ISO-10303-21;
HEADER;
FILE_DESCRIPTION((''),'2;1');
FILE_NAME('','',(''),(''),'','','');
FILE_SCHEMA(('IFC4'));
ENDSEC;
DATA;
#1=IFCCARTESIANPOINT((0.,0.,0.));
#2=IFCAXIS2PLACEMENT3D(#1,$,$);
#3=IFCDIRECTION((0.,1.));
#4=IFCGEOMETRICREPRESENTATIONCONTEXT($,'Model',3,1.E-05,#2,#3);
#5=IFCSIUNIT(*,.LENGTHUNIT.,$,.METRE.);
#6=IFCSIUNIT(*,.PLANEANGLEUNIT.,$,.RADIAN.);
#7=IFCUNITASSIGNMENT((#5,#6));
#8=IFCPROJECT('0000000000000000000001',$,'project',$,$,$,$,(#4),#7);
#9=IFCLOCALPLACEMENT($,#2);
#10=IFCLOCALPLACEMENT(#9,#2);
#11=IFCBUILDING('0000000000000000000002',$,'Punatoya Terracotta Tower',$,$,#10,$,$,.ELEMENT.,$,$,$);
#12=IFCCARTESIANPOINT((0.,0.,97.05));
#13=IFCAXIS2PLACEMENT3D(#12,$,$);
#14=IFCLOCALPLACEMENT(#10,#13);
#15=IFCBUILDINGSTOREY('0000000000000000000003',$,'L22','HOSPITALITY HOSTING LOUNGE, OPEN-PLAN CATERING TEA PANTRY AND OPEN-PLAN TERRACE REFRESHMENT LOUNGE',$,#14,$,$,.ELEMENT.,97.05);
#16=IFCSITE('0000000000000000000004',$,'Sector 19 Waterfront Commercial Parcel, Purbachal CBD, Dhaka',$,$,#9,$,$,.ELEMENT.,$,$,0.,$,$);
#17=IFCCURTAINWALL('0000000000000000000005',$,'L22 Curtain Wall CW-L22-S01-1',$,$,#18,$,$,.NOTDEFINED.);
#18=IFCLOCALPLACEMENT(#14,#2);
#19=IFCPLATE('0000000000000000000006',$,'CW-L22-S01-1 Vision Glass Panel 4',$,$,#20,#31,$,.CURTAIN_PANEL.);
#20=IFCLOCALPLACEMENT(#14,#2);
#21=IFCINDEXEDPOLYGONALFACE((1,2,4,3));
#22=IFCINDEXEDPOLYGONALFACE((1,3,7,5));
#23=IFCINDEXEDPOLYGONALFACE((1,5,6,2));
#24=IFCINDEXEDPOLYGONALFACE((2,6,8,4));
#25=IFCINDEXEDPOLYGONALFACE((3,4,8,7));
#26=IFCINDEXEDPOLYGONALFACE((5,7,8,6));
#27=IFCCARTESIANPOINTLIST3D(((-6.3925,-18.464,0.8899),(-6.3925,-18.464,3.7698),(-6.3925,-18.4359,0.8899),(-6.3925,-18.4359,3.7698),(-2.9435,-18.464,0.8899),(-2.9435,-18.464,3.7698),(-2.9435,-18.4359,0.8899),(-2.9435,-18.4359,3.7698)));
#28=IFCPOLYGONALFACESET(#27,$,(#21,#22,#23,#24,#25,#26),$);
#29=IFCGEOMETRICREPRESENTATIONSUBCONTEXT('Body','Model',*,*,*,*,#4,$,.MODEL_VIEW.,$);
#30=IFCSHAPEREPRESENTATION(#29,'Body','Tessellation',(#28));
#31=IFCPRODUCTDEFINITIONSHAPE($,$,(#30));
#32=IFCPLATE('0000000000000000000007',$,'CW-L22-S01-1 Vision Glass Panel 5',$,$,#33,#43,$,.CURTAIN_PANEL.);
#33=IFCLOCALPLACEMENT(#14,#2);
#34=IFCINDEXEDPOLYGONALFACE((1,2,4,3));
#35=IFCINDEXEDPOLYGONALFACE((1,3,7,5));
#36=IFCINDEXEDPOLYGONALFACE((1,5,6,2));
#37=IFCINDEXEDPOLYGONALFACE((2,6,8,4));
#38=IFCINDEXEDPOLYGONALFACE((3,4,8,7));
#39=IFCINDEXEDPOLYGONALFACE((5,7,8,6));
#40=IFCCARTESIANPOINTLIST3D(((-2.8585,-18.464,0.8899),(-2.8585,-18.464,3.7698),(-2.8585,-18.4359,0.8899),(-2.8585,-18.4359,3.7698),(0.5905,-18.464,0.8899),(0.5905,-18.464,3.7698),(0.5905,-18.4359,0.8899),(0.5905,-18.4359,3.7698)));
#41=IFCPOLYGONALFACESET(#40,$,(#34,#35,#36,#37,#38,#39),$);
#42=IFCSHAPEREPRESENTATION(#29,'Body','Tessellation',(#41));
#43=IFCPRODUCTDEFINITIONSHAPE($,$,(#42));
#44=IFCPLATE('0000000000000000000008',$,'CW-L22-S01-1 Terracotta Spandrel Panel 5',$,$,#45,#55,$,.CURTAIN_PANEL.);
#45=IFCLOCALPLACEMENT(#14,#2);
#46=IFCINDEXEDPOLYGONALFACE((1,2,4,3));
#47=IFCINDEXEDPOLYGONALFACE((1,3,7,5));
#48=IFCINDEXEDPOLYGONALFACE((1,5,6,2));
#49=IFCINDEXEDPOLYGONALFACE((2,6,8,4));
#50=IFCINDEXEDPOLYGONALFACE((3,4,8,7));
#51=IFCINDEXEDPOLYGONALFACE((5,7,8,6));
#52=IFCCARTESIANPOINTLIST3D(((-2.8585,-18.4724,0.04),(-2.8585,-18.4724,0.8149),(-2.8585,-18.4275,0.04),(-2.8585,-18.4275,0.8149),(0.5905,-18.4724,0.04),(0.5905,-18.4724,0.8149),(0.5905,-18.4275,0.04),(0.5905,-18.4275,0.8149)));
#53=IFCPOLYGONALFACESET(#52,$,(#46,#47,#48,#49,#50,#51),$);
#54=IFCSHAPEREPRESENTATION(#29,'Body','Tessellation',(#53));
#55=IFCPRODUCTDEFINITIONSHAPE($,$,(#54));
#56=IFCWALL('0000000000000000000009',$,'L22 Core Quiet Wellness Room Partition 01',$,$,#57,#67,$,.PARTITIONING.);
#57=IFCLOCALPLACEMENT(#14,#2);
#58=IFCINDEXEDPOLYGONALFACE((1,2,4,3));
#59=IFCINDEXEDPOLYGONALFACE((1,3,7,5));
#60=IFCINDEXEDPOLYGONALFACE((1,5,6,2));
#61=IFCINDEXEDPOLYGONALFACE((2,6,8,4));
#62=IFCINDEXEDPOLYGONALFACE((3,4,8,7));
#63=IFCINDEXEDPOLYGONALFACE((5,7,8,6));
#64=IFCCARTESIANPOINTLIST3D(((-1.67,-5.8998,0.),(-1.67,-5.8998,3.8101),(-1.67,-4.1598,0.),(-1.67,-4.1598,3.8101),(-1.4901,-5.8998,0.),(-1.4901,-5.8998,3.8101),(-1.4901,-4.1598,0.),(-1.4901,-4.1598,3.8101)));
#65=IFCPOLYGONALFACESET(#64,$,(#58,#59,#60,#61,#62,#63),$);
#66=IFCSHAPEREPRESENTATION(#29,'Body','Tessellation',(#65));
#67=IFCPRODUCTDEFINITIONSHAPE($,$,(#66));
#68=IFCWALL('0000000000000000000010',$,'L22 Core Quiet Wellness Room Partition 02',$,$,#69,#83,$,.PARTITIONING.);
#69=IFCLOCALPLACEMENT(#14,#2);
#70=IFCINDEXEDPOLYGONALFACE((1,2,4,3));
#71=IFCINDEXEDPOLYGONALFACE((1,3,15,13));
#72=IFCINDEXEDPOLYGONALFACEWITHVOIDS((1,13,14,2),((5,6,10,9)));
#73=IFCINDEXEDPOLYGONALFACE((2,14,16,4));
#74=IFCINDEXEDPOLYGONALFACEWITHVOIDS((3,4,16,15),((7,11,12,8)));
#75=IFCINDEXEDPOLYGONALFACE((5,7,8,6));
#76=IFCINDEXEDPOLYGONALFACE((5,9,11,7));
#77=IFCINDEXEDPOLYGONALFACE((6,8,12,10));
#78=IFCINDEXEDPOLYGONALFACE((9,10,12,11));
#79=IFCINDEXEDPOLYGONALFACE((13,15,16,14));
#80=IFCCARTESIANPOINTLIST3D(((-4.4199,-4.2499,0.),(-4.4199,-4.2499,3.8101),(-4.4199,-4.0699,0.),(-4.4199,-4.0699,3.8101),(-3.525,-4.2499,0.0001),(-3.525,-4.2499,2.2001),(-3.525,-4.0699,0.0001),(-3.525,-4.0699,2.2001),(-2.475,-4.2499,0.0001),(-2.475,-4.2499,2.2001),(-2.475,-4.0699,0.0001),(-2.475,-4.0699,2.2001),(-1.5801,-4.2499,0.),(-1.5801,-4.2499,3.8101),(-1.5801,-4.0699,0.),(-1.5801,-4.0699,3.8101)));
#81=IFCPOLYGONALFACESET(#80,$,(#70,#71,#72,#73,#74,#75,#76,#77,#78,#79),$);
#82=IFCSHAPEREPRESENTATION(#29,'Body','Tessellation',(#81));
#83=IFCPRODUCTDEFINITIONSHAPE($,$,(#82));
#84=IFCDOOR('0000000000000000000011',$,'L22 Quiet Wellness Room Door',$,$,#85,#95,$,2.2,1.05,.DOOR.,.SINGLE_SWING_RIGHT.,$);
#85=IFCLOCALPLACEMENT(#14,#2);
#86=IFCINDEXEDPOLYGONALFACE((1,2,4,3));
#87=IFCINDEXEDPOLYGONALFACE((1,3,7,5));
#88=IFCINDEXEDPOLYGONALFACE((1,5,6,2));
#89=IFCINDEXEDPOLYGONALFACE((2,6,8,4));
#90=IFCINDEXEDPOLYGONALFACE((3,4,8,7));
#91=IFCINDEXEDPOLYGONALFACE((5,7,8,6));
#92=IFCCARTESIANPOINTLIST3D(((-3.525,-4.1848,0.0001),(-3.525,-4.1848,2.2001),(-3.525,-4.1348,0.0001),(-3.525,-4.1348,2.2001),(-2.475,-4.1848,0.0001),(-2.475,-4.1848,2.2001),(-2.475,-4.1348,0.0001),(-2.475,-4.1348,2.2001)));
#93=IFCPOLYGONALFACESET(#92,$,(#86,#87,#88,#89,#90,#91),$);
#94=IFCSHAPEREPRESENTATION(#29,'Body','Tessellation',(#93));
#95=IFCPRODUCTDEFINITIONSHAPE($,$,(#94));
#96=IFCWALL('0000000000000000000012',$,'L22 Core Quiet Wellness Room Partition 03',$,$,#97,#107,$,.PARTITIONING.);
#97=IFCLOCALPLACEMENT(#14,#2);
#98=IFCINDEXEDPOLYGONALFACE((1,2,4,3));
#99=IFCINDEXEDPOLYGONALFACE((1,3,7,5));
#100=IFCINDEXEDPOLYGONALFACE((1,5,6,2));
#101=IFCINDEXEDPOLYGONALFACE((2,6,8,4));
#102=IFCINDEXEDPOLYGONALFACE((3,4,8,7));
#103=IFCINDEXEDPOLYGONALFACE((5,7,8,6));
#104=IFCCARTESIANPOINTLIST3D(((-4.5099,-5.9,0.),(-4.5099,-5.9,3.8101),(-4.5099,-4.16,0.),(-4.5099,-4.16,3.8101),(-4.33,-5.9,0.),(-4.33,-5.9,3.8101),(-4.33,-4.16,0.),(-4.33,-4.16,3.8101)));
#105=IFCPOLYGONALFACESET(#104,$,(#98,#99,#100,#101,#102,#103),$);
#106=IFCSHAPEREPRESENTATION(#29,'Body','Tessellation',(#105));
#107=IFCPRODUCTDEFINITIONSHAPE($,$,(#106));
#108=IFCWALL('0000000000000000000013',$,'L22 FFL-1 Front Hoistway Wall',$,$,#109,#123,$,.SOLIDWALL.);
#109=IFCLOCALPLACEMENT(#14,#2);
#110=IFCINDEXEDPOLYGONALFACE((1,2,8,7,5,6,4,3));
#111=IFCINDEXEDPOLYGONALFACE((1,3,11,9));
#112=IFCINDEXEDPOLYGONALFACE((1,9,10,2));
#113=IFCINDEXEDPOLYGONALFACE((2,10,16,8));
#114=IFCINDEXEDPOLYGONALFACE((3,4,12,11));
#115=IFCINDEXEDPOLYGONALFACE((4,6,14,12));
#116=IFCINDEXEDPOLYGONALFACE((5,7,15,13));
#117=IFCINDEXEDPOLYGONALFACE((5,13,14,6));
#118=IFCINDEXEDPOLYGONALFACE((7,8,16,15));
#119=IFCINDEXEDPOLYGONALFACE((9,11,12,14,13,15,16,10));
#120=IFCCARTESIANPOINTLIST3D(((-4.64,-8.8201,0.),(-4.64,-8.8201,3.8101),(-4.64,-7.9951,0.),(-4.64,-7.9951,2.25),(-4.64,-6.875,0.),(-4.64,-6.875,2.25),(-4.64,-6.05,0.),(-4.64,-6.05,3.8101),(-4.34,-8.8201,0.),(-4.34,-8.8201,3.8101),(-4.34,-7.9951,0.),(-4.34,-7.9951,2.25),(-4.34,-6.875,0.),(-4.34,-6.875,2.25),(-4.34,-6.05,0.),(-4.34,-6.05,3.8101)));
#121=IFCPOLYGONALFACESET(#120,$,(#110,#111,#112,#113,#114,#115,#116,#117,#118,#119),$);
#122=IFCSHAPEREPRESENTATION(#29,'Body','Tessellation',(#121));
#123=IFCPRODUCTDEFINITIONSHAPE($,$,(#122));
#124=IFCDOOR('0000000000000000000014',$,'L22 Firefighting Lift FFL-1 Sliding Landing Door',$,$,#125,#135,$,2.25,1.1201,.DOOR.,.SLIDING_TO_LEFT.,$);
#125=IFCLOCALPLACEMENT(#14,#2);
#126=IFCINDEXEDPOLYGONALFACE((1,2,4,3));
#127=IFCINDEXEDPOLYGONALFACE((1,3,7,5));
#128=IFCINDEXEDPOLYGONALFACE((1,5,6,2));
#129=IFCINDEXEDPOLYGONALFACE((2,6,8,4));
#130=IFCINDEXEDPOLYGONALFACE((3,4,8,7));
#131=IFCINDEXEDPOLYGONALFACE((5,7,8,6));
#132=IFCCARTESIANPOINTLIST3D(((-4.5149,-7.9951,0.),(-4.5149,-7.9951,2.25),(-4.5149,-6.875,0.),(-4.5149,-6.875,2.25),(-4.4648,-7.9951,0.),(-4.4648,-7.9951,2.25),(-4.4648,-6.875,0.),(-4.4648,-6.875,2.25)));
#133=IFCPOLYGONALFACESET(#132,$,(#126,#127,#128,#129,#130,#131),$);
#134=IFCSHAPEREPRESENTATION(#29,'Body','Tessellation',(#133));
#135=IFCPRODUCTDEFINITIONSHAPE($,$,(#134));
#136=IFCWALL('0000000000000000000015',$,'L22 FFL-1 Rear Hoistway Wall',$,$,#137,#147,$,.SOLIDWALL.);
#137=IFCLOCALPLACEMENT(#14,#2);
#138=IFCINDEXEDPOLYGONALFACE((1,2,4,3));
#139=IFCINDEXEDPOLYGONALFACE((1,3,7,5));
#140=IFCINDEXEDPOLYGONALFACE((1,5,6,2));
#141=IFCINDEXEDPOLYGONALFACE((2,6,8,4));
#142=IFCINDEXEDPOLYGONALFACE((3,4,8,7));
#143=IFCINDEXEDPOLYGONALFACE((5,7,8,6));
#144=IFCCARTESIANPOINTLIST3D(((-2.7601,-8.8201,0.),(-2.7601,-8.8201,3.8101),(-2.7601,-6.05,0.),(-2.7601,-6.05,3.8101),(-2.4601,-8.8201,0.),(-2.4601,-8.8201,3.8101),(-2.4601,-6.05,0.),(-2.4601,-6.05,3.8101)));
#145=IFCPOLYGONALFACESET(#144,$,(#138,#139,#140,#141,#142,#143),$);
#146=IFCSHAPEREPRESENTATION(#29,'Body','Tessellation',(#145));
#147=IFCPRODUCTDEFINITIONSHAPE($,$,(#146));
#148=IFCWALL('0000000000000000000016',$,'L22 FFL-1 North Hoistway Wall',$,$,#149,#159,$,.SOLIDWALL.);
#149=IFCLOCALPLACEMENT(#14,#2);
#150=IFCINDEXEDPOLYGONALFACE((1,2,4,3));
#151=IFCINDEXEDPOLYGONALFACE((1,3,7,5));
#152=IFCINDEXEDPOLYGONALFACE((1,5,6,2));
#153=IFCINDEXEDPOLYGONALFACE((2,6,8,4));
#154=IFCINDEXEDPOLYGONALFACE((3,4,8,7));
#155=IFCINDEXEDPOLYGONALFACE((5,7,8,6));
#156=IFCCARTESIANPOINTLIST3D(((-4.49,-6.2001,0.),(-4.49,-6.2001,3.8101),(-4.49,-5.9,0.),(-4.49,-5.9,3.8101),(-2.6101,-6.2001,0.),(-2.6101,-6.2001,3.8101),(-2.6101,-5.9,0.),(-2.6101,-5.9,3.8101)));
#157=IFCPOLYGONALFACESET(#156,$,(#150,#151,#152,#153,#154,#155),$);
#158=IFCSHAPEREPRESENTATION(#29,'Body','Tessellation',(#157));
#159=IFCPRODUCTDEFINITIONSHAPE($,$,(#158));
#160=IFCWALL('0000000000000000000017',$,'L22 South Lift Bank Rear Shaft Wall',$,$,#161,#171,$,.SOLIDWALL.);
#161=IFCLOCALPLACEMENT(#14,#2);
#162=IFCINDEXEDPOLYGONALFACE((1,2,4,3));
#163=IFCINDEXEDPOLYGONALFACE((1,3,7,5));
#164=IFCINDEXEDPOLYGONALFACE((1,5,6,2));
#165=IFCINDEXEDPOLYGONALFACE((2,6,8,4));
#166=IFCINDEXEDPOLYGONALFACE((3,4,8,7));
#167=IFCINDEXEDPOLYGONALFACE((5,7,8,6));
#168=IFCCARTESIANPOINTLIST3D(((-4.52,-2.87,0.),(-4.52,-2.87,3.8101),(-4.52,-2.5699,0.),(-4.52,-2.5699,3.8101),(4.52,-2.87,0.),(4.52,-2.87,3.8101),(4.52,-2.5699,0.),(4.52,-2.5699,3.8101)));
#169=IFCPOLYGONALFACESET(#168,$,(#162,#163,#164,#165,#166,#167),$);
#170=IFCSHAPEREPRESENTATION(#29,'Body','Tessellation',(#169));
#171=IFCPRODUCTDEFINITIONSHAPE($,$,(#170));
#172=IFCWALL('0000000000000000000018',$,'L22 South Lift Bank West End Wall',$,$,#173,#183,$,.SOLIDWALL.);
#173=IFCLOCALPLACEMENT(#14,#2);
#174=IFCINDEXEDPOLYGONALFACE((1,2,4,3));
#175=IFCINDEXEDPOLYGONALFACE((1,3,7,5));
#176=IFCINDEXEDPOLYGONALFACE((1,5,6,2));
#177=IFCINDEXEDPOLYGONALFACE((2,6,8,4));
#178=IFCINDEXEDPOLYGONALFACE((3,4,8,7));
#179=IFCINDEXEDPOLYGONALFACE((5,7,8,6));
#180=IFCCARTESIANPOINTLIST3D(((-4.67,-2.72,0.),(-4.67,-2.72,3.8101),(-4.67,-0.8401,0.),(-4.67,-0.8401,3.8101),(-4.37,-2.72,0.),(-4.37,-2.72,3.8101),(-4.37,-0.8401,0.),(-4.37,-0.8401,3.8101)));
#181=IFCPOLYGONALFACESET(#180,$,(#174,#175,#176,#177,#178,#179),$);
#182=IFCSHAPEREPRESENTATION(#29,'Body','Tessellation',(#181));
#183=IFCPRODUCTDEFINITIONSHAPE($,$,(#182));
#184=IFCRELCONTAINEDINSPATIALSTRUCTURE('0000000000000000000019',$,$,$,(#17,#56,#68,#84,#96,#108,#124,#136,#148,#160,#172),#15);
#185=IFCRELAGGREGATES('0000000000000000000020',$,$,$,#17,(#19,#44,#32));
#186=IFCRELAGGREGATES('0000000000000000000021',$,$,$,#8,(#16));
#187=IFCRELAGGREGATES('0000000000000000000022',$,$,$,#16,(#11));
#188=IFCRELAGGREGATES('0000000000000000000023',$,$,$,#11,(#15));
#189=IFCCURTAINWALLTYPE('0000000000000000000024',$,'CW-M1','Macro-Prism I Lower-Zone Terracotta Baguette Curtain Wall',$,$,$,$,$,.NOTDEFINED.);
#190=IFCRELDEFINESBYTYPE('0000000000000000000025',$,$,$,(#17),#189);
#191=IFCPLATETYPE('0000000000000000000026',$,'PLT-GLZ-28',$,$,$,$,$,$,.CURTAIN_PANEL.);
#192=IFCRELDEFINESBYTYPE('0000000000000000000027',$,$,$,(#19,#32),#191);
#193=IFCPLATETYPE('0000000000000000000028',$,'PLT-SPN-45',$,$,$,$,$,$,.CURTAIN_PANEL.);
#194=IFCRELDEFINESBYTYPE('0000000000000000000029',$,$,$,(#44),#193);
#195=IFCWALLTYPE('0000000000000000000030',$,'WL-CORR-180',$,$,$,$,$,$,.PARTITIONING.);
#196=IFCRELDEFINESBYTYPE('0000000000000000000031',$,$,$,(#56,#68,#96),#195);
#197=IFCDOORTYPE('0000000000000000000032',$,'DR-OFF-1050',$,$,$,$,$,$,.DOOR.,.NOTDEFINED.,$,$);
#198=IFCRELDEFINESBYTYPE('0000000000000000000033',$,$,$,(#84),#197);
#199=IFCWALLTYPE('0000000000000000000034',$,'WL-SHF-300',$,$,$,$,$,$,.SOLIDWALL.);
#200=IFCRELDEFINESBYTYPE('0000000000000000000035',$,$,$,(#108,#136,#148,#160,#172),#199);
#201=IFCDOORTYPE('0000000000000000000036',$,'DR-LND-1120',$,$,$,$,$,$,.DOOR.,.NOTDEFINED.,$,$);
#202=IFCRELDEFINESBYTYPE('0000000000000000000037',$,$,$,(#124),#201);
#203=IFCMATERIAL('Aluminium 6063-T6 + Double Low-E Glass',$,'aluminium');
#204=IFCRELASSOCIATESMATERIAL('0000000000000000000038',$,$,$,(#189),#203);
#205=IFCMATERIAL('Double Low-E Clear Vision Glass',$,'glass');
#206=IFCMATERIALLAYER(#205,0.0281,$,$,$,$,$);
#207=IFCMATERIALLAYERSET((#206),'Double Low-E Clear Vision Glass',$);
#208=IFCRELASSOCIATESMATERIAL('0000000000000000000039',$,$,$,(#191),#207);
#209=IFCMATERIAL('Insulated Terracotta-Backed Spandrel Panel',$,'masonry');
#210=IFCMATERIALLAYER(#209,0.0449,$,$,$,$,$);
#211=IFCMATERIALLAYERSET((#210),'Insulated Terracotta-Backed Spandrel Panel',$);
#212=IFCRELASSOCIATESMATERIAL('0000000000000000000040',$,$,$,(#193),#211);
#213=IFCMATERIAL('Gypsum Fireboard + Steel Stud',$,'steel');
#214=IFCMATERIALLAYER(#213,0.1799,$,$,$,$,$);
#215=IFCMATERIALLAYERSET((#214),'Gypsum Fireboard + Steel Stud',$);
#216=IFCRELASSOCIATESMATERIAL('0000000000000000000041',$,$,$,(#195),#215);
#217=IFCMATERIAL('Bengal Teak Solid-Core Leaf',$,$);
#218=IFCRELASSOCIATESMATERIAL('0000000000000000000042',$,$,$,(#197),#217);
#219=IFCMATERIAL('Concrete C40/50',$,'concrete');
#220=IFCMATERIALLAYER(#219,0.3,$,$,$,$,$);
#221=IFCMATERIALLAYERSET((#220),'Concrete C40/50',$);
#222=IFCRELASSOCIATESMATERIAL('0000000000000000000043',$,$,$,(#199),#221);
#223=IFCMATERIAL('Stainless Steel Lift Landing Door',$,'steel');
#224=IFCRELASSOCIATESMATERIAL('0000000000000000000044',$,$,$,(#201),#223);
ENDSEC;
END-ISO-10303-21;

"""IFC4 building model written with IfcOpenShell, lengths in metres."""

from ifc_helpers import new_model, si_unit, direction, frame, frame_2d, origin, origin_2d, place, context, subcontext, project, spatial, rectangle, extrude, material, layer, layer_set, type_object, element, fill, aggregate, save


model = new_model("IFC4")

# Units and contexts
model_context = context("Model", 3, precision=1e-05, world=origin(), true_north=direction((0.0, 1.0)))
body_context = subcontext(model_context, "Body", "Model", "MODEL_VIEW")
ifc_project = project(units=[si_unit("LENGTHUNIT", "METRE"), si_unit("PLANEANGLEUNIT", "RADIAN")], contexts=[model_context])

# Site, building, storey
site_placement = place(None, origin())
site = spatial("IfcSite", under=ifc_project, at=site_placement, Name="Sector 19 Waterfront Commercial Parcel, Purbachal CBD, Dhaka", CompositionType="ELEMENT", RefElevation=0.0)
building_placement = place(site_placement, origin())
building = spatial("IfcBuilding", under=site, at=building_placement, Name="Punatoya Terracotta Tower", CompositionType="ELEMENT")
storey_placement = place(building_placement, frame((0.0, 0.0, 97.05)))
storey = spatial("IfcBuildingStorey", under=building, at=storey_placement, Name="L22", Description="HOSPITALITY HOSTING LOUNGE, OPEN-PLAN CATERING TEA PANTRY AND OPEN-PLAN TERRACE REFRESHMENT LOUNGE", CompositionType="ELEMENT", Elevation=97.05)

# Curtain wall
ifc_material_1 = material(Name="Aluminium 6063-T6 + Double Low-E Glass", Category="aluminium")
curtain_wall_type = type_object("IfcCurtainWallType", Name="CW-M1", Description="Macro-Prism I Lower-Zone Terracotta Baguette Curtain Wall", PredefinedType="NOTDEFINED", material=ifc_material_1)
curtain_wall_placement = place(storey_placement, origin())
curtain_wall = element("IfcCurtainWall", 1, at=curtain_wall_placement, inside=storey, type_object=curtain_wall_type, Name="L22 Curtain Wall CW-L22-S01-1", PredefinedType="NOTDEFINED")

# Plates
ifc_material_2 = material(Name="Double Low-E Clear Vision Glass", Category="glass")
ifc_layer_1 = layer(ifc_material_2, 0.0281)
ifc_layer_set_1 = layer_set([ifc_layer_1], Name="Double Low-E Clear Vision Glass")
plate_type_1 = type_object("IfcPlateType", Name="PLT-GLZ-28", PredefinedType="CURTAIN_PANEL", material=ifc_layer_set_1)
plate_1_placement = place(storey_placement, frame((-4.668, -18.45, 0.8899), z_axis=(0.0, 0.0, 1.0), x_axis=(1.0, 0.0, 0.0)))
plate_1 = element("IfcPlate", 2, at=plate_1_placement, type_object=plate_type_1, Name="CW-L22-S01-1 Vision Glass Panel 4", PredefinedType="CURTAIN_PANEL", context=body_context, shape_type="SweptSolid", body=[
    extrude(rectangle(XDim=3.449, YDim=0.0281, at=origin_2d()), origin(), (0.0, 0.0, 1.0), 2.8799),
])
plate_2_placement = place(storey_placement, frame((-1.134, -18.45, 0.8899), z_axis=(0.0, 0.0, 1.0), x_axis=(1.0, 0.0, 0.0)))
plate_2 = element("IfcPlate", 3, at=plate_2_placement, type_object=plate_type_1, Name="CW-L22-S01-1 Vision Glass Panel 5", PredefinedType="CURTAIN_PANEL", context=body_context, shape_type="SweptSolid", body=[
    extrude(rectangle(XDim=3.449, YDim=0.0281, at=origin_2d()), origin(), (0.0, 0.0, 1.0), 2.8799),
])
ifc_material_3 = material(Name="Insulated Terracotta-Backed Spandrel Panel", Category="masonry")
ifc_layer_2 = layer(ifc_material_3, 0.0449)
ifc_layer_set_2 = layer_set([ifc_layer_2], Name="Insulated Terracotta-Backed Spandrel Panel")
plate_type_2 = type_object("IfcPlateType", Name="PLT-SPN-45", PredefinedType="CURTAIN_PANEL", material=ifc_layer_set_2)
plate_3_placement = place(storey_placement, frame((-1.134, -18.45, 0.04), z_axis=(0.0, 0.0, 1.0), x_axis=(1.0, 0.0, 0.0)))
plate_3 = element("IfcPlate", 4, at=plate_3_placement, type_object=plate_type_2, Name="CW-L22-S01-1 Terracotta Spandrel Panel 5", PredefinedType="CURTAIN_PANEL", context=body_context, shape_type="SweptSolid", body=[
    extrude(rectangle(XDim=3.449, YDim=0.0449, at=origin_2d()), origin(), (0.0, 0.0, 1.0), 0.7749),
])
aggregate(curtain_wall, [plate_1, plate_3, plate_2])

# Wall
ifc_material_4 = material(Name="Gypsum Fireboard + Steel Stud", Category="steel")
ifc_layer_3 = layer(ifc_material_4, 0.1799)
ifc_layer_set_3 = layer_set([ifc_layer_3], Name="Gypsum Fireboard + Steel Stud")
wall_type_1 = type_object("IfcWallType", Name="WL-CORR-180", PredefinedType="PARTITIONING", material=ifc_layer_set_3)
wall_1_placement = place(storey_placement, frame((-1.5801, -5.8999, 0.0), z_axis=(0.0, 0.0, 1.0), x_axis=(0.0, 1.0, 0.0)))
element("IfcWall", 5, at=wall_1_placement, inside=storey, type_object=wall_type_1, Name="L22 Core Quiet Wellness Room Partition 01", PredefinedType="PARTITIONING", context=body_context, shape_type="SweptSolid", body=[
    extrude(rectangle(XDim=1.74, YDim=0.1799, at=frame_2d((0.8701, 0.0))), origin(), (0.0, 0.0, 1.0), 3.8101),
])

# Wall, opening, door
wall_2_placement = place(storey_placement, frame((-1.5801, -4.1599, 0.0), z_axis=(0.0, 0.0, 1.0), x_axis=(-1.0, 0.0, 0.0)))
wall_2 = element("IfcWall", 6, at=wall_2_placement, inside=storey, type_object=wall_type_1, Name="L22 Core Quiet Wellness Room Partition 02", PredefinedType="PARTITIONING", context=body_context, shape_type="SweptSolid", body=[
    extrude(rectangle(XDim=2.8398, YDim=0.1799, at=frame_2d((1.4199, 0.0))), origin(), (0.0, 0.0, 1.0), 3.8101),
])
opening_1_placement = place(wall_2_placement, frame((0.895, 0.0, 0.0)))
opening_1 = element("IfcOpeningElement", 7, at=opening_1_placement, cuts=wall_2, PredefinedType="OPENING", context=body_context, shape_type="SweptSolid", body=[
    extrude(rectangle(XDim=1.05, YDim=2.2, at=frame_2d((0.5249, 1.1001))), frame((0.0, 0.0999, 0.0), z_axis=(0.0, -1.0, 0.0), x_axis=(1.0, 0.0, 0.0)), (0.0, 0.0, 1.0), 0.2),
])
ifc_material_5 = material(Name="Bengal Teak Solid-Core Leaf")
door_type_1 = type_object("IfcDoorType", Name="DR-OFF-1050", OperationType="NOTDEFINED", PredefinedType="DOOR", material=ifc_material_5)
door_1_placement = place(opening_1_placement, origin())
door_1 = element("IfcDoor", 8, at=door_1_placement, inside=storey, type_object=door_type_1, Name="L22 Quiet Wellness Room Door", OperationType="SINGLE_SWING_RIGHT", OverallHeight=2.2, OverallWidth=1.05, PredefinedType="DOOR", context=body_context, shape_type="SweptSolid", body=[
    extrude(rectangle(XDim=1.05, YDim=2.2, at=frame_2d((0.5249, 1.1001))), frame((0.0, 0.0249, 0.0), z_axis=(0.0, -1.0, 0.0), x_axis=(1.0, 0.0, 0.0)), (0.0, 0.0, 1.0), 0.05),
])
fill(opening_1, door_1)

# Wall
wall_3_placement = place(storey_placement, frame((-4.4199, -4.1599, 0.0), z_axis=(0.0, 0.0, 1.0), x_axis=(0.0, -1.0, 0.0)))
element("IfcWall", 9, at=wall_3_placement, inside=storey, type_object=wall_type_1, Name="L22 Core Quiet Wellness Room Partition 03", PredefinedType="PARTITIONING", context=body_context, shape_type="SweptSolid", body=[
    extrude(rectangle(XDim=1.74, YDim=0.1799, at=frame_2d((0.8701, 0.0))), origin(), (0.0, 0.0, 1.0), 3.8101),
])

# Wall, opening, door
ifc_material_6 = material(Name="Concrete C40/50", Category="concrete")
ifc_layer_4 = layer(ifc_material_6, 0.3)
ifc_layer_set_4 = layer_set([ifc_layer_4], Name="Concrete C40/50")
wall_type_2 = type_object("IfcWallType", Name="WL-SHF-300", PredefinedType="SOLIDWALL", material=ifc_layer_set_4)
wall_4_placement = place(storey_placement, frame((-4.49, -8.8201, 0.0), z_axis=(0.0, 0.0, 1.0), x_axis=(0.0, 1.0, 0.0)))
wall_4 = element("IfcWall", 10, at=wall_4_placement, inside=storey, type_object=wall_type_2, Name="L22 FFL-1 Front Hoistway Wall", PredefinedType="SOLIDWALL", context=body_context, shape_type="SweptSolid", body=[
    extrude(rectangle(XDim=2.77, YDim=0.3, at=frame_2d((1.385, 0.0))), origin(), (0.0, 0.0, 1.0), 3.8101),
])
opening_2_placement = place(wall_4_placement, frame((0.825, 0.0, 0.0)))
opening_2 = element("IfcOpeningElement", 11, at=opening_2_placement, cuts=wall_4, PredefinedType="OPENING", context=body_context, shape_type="SweptSolid", body=[
    extrude(rectangle(XDim=1.1201, YDim=2.25, at=frame_2d((0.5601, 1.125))), frame((0.0, 0.1599, 0.0), z_axis=(0.0, -1.0, 0.0), x_axis=(1.0, 0.0, 0.0)), (0.0, 0.0, 1.0), 0.3201),
])
ifc_material_7 = material(Name="Stainless Steel Lift Landing Door", Category="steel")
door_type_2 = type_object("IfcDoorType", Name="DR-LND-1120", OperationType="NOTDEFINED", PredefinedType="DOOR", material=ifc_material_7)
door_2_placement = place(opening_2_placement, origin())
door_2 = element("IfcDoor", 12, at=door_2_placement, inside=storey, type_object=door_type_2, Name="L22 Firefighting Lift FFL-1 Sliding Landing Door", OperationType="SLIDING_TO_LEFT", OverallHeight=2.25, OverallWidth=1.1201, PredefinedType="DOOR", context=body_context, shape_type="SweptSolid", body=[
    extrude(rectangle(XDim=1.1201, YDim=2.25, at=frame_2d((0.5601, 1.125))), frame((0.0, 0.0249, 0.0), z_axis=(0.0, -1.0, 0.0), x_axis=(1.0, 0.0, 0.0)), (0.0, 0.0, 1.0), 0.05),
])
fill(opening_2, door_2)

# Walls
wall_5_placement = place(storey_placement, frame((-2.6101, -8.8201, 0.0), z_axis=(0.0, 0.0, 1.0), x_axis=(0.0, 1.0, 0.0)))
element("IfcWall", 13, at=wall_5_placement, inside=storey, type_object=wall_type_2, Name="L22 FFL-1 Rear Hoistway Wall", PredefinedType="SOLIDWALL", context=body_context, shape_type="SweptSolid", body=[
    extrude(rectangle(XDim=2.77, YDim=0.3, at=frame_2d((1.385, 0.0))), origin(), (0.0, 0.0, 1.0), 3.8101),
])
wall_6_placement = place(storey_placement, frame((-4.49, -6.05, 0.0), z_axis=(0.0, 0.0, 1.0), x_axis=(1.0, 0.0, 0.0)))
element("IfcWall", 14, at=wall_6_placement, inside=storey, type_object=wall_type_2, Name="L22 FFL-1 North Hoistway Wall", PredefinedType="SOLIDWALL", context=body_context, shape_type="SweptSolid", body=[
    extrude(rectangle(XDim=1.8799, YDim=0.3, at=frame_2d((0.9399, 0.0))), origin(), (0.0, 0.0, 1.0), 3.8101),
])
wall_7_placement = place(storey_placement, frame((-4.52, -2.72, 0.0), z_axis=(0.0, 0.0, 1.0), x_axis=(1.0, 0.0, 0.0)))
element("IfcWall", 15, at=wall_7_placement, inside=storey, type_object=wall_type_2, Name="L22 South Lift Bank Rear Shaft Wall", PredefinedType="SOLIDWALL", context=body_context, shape_type="SweptSolid", body=[
    extrude(rectangle(XDim=9.04, YDim=0.3, at=frame_2d((4.52, 0.0))), origin(), (0.0, 0.0, 1.0), 3.8101),
])
wall_8_placement = place(storey_placement, frame((-4.52, -2.72, 0.0), z_axis=(0.0, 0.0, 1.0), x_axis=(0.0, 1.0, 0.0)))
element("IfcWall", 16, at=wall_8_placement, inside=storey, type_object=wall_type_2, Name="L22 South Lift Bank West End Wall", PredefinedType="SOLIDWALL", context=body_context, shape_type="SweptSolid", body=[
    extrude(rectangle(XDim=1.8799, YDim=0.3, at=frame_2d((0.9399, 0.0))), origin(), (0.0, 0.0, 1.0), 3.8101),
])

save(model, "model.ifc")
